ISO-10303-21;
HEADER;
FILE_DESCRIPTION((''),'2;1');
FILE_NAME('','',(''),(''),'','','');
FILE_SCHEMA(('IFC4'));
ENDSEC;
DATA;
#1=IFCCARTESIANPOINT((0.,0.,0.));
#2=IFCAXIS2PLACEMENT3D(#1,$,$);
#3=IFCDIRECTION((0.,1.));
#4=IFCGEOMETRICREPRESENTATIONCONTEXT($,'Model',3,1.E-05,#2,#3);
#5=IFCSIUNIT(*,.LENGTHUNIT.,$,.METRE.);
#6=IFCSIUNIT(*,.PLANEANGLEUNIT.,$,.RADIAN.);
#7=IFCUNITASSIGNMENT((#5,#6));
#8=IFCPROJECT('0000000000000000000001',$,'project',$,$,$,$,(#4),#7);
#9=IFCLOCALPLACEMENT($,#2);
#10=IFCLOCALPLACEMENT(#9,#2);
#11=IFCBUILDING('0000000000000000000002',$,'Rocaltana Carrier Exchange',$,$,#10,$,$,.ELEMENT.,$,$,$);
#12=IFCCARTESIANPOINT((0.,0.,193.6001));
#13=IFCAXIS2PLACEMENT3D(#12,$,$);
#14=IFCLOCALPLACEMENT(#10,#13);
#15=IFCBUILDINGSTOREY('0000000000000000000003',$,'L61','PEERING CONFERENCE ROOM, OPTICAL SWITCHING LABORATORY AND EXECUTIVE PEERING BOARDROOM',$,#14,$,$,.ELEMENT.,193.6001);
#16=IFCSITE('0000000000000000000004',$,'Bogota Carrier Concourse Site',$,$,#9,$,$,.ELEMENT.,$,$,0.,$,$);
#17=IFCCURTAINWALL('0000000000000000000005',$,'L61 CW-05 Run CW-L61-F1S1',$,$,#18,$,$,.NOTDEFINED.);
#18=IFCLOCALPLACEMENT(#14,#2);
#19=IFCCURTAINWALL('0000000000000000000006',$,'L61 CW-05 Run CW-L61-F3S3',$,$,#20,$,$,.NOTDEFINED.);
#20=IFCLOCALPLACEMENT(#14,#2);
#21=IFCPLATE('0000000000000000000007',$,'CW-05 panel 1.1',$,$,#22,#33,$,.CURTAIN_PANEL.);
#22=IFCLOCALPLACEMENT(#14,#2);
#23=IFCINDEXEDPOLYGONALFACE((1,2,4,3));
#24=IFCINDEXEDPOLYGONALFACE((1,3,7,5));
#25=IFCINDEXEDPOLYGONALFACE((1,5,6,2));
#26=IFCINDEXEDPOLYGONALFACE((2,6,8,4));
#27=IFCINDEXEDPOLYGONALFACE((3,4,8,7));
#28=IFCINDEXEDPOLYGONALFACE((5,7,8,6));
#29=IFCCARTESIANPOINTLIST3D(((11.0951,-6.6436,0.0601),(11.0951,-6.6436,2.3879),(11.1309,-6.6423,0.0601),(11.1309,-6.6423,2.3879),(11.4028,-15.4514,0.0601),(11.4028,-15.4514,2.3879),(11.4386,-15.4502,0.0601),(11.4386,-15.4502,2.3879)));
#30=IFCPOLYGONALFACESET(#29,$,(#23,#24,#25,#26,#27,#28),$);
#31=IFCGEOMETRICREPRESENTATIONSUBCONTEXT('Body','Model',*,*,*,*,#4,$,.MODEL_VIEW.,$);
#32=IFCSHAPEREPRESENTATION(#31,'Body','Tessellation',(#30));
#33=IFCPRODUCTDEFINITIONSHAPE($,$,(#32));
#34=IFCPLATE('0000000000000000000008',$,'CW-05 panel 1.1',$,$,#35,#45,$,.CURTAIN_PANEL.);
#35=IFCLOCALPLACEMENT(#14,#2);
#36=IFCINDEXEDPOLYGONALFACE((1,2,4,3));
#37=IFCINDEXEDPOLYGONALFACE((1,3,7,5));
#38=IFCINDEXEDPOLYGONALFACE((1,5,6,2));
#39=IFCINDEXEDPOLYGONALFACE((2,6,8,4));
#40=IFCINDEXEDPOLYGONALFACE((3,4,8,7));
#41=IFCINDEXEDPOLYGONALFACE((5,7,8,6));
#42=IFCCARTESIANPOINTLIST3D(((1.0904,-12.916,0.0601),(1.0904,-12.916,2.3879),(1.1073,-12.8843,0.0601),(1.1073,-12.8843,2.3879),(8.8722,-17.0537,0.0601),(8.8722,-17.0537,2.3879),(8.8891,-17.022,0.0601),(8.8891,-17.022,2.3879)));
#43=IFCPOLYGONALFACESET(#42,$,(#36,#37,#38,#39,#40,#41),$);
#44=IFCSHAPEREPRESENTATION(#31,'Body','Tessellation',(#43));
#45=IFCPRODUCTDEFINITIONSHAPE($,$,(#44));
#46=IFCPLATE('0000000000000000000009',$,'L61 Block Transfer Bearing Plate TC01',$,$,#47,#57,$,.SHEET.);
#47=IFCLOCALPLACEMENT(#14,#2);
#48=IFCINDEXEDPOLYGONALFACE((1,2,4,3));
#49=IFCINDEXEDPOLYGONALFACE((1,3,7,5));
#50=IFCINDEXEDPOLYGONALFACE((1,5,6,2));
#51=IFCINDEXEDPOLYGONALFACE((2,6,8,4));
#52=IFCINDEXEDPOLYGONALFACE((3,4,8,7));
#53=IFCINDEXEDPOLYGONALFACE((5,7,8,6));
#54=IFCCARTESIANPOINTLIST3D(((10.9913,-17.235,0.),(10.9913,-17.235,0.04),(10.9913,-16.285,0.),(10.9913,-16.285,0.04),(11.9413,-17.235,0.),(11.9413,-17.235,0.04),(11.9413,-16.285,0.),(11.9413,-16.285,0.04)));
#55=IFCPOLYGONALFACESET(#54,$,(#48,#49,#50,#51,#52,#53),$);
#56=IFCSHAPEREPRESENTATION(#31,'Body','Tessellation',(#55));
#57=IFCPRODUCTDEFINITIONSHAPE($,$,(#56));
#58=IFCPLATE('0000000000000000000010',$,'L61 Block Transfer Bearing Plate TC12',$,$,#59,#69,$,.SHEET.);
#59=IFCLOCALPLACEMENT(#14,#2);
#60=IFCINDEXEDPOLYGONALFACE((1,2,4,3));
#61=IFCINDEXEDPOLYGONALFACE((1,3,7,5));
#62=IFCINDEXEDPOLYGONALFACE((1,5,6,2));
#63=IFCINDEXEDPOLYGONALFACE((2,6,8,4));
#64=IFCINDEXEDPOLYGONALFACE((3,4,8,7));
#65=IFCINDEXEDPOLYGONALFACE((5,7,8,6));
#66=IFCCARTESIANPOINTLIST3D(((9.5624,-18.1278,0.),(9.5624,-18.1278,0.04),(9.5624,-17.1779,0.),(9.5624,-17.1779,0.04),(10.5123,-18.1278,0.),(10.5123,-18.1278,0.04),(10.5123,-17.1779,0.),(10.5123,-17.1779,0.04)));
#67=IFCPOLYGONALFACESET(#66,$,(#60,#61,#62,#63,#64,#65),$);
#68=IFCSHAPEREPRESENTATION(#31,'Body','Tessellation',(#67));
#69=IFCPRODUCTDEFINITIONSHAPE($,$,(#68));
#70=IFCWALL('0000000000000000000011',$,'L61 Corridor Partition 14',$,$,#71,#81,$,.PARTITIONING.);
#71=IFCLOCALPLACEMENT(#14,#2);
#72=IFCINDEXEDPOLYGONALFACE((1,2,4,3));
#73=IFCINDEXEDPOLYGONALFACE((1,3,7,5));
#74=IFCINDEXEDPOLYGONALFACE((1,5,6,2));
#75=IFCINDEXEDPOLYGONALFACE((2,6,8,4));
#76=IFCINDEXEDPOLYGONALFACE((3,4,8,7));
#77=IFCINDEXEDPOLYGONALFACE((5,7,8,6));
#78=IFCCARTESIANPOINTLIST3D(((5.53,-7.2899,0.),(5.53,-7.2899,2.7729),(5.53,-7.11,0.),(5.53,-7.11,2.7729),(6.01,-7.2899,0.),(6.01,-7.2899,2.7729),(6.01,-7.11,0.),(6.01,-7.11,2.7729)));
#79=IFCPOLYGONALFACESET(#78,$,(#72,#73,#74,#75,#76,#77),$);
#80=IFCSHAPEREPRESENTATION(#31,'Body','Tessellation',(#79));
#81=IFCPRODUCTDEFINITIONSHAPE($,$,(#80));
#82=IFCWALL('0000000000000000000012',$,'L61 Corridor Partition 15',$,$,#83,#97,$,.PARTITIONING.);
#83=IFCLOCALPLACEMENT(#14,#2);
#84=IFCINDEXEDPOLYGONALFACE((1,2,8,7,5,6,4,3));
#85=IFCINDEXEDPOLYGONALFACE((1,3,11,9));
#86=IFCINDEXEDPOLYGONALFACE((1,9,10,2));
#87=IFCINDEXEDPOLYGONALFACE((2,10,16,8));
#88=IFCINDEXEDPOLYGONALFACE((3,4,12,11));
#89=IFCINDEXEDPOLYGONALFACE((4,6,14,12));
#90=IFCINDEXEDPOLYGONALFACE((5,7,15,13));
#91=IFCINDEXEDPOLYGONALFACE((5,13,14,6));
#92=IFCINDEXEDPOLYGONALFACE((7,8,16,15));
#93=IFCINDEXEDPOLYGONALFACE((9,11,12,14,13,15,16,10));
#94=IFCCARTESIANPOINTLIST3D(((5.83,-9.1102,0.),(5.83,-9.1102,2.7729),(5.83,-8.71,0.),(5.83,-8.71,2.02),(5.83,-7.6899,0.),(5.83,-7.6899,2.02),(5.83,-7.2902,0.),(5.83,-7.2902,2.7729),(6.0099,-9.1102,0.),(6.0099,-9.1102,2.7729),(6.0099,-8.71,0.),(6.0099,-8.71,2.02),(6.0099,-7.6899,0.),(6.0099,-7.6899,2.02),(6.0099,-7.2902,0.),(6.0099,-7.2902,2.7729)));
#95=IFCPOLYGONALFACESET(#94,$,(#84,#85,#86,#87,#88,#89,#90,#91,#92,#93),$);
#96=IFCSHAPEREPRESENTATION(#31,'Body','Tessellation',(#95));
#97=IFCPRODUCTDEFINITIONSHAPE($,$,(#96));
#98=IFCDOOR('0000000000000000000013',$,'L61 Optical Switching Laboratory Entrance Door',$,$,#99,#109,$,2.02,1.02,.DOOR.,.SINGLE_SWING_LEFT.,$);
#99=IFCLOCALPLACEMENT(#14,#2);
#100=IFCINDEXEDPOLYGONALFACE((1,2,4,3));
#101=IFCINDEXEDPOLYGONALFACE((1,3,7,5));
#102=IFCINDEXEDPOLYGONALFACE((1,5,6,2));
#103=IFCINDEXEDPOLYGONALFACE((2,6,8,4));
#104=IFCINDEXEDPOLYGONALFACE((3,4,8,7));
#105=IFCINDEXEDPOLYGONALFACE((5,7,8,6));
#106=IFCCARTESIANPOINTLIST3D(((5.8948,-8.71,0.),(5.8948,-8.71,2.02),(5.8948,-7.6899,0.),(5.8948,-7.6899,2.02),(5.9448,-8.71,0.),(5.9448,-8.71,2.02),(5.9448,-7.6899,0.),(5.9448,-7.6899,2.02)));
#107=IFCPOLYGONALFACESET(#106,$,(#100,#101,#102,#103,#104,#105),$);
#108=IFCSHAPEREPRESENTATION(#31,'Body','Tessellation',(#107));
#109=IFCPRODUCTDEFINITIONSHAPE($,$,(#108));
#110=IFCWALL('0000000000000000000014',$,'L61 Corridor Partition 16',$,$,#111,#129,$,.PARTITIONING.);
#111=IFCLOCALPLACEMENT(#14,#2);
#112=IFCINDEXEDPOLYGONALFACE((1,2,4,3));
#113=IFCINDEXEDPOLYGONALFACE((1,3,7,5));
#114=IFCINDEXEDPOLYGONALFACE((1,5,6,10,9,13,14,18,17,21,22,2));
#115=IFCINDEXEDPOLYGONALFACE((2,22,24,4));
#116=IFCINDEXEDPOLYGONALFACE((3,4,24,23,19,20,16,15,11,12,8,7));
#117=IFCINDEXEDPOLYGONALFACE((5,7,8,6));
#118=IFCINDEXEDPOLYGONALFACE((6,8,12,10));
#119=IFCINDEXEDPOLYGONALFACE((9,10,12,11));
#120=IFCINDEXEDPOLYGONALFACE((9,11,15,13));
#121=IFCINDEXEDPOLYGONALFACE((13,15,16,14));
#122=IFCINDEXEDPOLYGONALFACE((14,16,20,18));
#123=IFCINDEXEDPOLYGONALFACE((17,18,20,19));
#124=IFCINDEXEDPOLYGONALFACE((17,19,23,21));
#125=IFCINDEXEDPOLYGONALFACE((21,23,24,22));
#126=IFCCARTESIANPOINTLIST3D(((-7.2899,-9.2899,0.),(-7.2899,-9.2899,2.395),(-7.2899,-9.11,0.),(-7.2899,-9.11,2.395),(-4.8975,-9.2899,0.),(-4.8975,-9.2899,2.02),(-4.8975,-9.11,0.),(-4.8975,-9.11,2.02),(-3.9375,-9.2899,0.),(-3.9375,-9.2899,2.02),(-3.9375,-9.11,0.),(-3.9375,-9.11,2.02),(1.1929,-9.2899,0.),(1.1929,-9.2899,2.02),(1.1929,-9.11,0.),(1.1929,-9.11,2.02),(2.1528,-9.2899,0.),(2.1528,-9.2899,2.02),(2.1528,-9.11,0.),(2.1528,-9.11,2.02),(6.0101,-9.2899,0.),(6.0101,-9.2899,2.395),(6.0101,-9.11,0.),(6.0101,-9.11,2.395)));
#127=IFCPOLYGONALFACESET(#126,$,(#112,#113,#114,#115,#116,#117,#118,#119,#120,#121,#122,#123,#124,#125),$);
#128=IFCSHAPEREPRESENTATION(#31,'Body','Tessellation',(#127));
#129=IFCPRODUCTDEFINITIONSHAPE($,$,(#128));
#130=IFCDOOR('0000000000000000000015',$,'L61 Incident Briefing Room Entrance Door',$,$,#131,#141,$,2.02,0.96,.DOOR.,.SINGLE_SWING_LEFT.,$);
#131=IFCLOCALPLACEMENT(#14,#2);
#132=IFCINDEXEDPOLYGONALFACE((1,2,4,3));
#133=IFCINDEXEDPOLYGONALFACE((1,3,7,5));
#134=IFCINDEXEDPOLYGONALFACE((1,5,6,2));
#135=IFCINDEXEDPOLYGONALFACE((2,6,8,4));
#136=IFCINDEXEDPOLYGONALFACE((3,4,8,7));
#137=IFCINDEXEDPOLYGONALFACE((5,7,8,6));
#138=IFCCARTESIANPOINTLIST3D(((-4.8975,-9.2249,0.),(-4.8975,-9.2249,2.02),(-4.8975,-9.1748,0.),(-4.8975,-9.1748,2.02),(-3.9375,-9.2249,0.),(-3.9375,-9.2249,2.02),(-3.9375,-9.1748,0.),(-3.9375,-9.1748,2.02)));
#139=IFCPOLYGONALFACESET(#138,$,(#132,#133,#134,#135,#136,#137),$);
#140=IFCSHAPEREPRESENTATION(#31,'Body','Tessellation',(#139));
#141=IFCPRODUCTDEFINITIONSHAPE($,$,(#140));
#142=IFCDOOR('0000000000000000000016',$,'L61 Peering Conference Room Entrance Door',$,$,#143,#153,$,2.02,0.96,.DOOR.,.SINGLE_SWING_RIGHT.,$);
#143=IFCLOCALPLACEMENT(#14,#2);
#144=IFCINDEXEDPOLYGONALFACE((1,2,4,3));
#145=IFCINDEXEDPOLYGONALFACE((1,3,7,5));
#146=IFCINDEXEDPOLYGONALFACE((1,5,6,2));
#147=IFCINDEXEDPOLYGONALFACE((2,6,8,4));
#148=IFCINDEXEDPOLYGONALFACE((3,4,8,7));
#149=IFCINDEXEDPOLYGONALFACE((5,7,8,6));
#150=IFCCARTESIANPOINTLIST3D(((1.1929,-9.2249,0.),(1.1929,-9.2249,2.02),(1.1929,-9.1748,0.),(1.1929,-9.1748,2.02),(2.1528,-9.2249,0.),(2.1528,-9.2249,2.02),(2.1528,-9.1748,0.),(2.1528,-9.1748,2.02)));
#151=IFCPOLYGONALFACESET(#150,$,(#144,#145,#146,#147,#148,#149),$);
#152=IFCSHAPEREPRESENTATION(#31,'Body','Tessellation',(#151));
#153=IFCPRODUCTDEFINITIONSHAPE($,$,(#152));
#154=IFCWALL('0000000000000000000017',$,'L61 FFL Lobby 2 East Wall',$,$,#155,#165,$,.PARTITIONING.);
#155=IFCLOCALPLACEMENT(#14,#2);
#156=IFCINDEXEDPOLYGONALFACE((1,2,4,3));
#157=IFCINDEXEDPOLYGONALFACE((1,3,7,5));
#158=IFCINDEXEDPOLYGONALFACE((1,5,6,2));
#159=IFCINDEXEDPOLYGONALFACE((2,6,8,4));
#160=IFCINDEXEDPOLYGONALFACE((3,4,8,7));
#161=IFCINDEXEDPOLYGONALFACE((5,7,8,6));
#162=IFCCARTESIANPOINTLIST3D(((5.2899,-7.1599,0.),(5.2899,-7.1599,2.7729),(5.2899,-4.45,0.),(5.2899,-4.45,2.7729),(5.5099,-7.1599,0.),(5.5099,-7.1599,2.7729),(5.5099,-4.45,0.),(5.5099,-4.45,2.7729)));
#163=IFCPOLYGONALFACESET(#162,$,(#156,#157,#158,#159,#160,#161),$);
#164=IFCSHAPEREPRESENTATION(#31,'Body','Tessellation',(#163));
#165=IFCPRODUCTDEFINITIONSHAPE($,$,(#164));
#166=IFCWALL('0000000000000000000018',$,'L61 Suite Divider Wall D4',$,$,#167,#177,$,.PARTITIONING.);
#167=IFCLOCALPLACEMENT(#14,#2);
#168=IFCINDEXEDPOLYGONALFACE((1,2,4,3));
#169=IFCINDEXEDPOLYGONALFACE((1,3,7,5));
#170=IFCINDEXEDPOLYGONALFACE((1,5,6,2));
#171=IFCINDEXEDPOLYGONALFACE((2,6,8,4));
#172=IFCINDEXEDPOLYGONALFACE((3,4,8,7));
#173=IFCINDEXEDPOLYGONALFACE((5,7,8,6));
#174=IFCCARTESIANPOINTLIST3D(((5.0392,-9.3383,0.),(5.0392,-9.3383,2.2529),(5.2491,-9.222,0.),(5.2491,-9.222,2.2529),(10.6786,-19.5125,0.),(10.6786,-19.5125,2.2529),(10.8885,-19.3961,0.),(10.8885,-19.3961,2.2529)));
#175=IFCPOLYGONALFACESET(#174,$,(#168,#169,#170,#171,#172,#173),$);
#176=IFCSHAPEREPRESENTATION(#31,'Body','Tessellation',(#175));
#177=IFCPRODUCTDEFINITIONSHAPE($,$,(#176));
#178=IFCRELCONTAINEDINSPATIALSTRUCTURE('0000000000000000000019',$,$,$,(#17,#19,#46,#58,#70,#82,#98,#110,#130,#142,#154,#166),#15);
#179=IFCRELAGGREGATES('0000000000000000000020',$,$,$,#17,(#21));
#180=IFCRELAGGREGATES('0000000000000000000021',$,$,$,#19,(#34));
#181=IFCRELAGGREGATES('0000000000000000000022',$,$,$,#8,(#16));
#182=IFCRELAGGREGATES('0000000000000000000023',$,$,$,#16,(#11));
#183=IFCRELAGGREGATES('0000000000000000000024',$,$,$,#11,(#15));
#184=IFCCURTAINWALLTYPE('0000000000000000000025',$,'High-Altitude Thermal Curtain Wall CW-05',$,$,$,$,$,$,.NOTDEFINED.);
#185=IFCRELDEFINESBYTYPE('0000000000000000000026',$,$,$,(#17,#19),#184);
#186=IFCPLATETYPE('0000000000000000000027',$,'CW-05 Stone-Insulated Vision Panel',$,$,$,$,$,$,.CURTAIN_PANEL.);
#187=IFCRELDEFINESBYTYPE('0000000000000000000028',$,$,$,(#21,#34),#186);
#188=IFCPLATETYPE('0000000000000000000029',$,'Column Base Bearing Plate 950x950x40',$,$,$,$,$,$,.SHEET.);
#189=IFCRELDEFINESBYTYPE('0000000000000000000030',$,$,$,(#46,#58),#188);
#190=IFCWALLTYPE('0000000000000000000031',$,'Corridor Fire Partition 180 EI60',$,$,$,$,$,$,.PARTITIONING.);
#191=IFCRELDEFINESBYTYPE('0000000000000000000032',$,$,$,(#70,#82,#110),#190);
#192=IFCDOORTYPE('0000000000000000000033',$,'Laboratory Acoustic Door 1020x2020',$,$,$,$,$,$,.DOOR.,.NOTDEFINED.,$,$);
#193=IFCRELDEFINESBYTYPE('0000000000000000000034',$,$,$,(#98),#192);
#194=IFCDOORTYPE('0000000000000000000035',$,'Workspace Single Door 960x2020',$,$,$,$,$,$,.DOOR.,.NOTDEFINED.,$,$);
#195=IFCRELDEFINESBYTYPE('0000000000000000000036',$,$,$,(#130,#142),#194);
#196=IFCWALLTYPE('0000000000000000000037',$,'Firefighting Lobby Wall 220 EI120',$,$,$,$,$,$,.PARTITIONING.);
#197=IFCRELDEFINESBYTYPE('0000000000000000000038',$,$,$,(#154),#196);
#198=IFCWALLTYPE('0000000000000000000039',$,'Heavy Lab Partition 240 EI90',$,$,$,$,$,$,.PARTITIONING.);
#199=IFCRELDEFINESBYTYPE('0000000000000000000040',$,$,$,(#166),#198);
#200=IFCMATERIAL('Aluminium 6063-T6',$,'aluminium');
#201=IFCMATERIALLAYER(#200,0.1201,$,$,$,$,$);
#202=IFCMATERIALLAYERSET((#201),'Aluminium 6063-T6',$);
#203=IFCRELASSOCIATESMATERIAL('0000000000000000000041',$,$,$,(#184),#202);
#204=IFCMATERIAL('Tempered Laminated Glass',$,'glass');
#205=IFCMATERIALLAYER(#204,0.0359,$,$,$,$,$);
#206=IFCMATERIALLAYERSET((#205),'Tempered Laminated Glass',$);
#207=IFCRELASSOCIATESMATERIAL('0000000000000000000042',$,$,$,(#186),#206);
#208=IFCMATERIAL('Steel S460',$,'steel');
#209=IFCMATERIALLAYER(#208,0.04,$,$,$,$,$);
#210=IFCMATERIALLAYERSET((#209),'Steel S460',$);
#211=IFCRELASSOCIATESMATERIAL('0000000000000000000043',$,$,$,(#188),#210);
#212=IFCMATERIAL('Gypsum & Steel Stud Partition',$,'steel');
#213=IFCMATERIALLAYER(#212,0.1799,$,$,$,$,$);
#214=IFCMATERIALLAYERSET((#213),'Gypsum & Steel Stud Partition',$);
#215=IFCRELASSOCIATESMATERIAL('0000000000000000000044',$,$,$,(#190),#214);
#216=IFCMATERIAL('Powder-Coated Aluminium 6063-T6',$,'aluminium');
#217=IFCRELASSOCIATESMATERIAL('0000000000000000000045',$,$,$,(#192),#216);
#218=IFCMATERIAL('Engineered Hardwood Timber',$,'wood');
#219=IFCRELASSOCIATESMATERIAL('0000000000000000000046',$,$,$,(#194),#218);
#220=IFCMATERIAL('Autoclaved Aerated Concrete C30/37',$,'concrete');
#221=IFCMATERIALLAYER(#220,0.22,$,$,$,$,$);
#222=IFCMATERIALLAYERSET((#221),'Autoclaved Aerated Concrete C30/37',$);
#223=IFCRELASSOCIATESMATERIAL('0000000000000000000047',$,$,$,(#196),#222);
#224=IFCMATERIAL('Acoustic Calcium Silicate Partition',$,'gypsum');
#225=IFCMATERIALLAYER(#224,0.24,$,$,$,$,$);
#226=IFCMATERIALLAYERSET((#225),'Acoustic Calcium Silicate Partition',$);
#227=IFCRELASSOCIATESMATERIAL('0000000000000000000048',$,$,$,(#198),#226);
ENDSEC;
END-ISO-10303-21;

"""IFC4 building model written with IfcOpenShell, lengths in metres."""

from ifc_helpers import new_model, si_unit, direction, frame, frame_2d, origin, origin_2d, place, context, subcontext, project, spatial, rectangle, extrude, material, layer, layer_set, type_object, element, fill, aggregate, save


model = new_model("IFC4")

# Units and contexts
model_context = context("Model", 3, precision=1e-05, world=origin(), true_north=direction((0.0, 1.0)))
body_context = subcontext(model_context, "Body", "Model", "MODEL_VIEW")
ifc_project = project(units=[si_unit("LENGTHUNIT", "METRE"), si_unit("PLANEANGLEUNIT", "RADIAN")], contexts=[model_context])

# Site, building, storey
site_placement = place(None, origin())
site = spatial("IfcSite", under=ifc_project, at=site_placement, Name="Bogota Carrier Concourse Site", CompositionType="ELEMENT", RefElevation=0.0)
building_placement = place(site_placement, origin())
building = spatial("IfcBuilding", under=site, at=building_placement, Name="Rocaltana Carrier Exchange", CompositionType="ELEMENT")
storey_placement = place(building_placement, frame((0.0, 0.0, 193.6001)))
storey = spatial("IfcBuildingStorey", under=building, at=storey_placement, Name="L61", Description="PEERING CONFERENCE ROOM, OPTICAL SWITCHING LABORATORY AND EXECUTIVE PEERING BOARDROOM", CompositionType="ELEMENT", Elevation=193.6001)

# Curtain walls
ifc_material_1 = material(Name="Aluminium 6063-T6", Category="aluminium")
ifc_layer_1 = layer(ifc_material_1, 0.1201)
ifc_layer_set_1 = layer_set([ifc_layer_1], Name="Aluminium 6063-T6")
curtain_wall_type = type_object("IfcCurtainWallType", Name="High-Altitude Thermal Curtain Wall CW-05", PredefinedType="NOTDEFINED", material=ifc_layer_set_1)
curtain_wall_1_placement = place(storey_placement, origin())
curtain_wall_1 = element("IfcCurtainWall", 1, at=curtain_wall_1_placement, inside=storey, type_object=curtain_wall_type, Name="L61 CW-05 Run CW-L61-F1S1", PredefinedType="NOTDEFINED")
curtain_wall_2_placement = place(storey_placement, origin())
curtain_wall_2 = element("IfcCurtainWall", 2, at=curtain_wall_2_placement, inside=storey, type_object=curtain_wall_type, Name="L61 CW-05 Run CW-L61-F3S3", PredefinedType="NOTDEFINED")

# Plates
ifc_material_2 = material(Name="Tempered Laminated Glass", Category="glass")
ifc_layer_2 = layer(ifc_material_2, 0.0359)
ifc_layer_set_2 = layer_set([ifc_layer_2], Name="Tempered Laminated Glass")
plate_type_1 = type_object("IfcPlateType", Name="CW-05 Stone-Insulated Vision Panel", PredefinedType="CURTAIN_PANEL", material=ifc_layer_set_2)
plate_1_placement = place(storey_placement, frame((11.2668, -11.0469, 0.0601), z_axis=(0.0, 0.0, 1.0), x_axis=(-0.034914, 0.99939, 0.0)))
plate_1 = element("IfcPlate", 3, at=plate_1_placement, type_object=plate_type_1, Name="CW-05 panel 1.1", PredefinedType="CURTAIN_PANEL", context=body_context, shape_type="SweptSolid", body=[
    extrude(rectangle(XDim=8.8132, YDim=0.0359, at=origin_2d()), origin(), (0.0, 0.0, 1.0), 2.3279),
])
aggregate(curtain_wall_1, [plate_1])
plate_2_placement = place(storey_placement, frame((4.9897, -14.969, 0.0601), z_axis=(0.0, 0.0, 1.0), x_axis=(0.882946, -0.469475, 0.0)))
plate_2 = element("IfcPlate", 4, at=plate_2_placement, type_object=plate_type_1, Name="CW-05 panel 1.1", PredefinedType="CURTAIN_PANEL", context=body_context, shape_type="SweptSolid", body=[
    extrude(rectangle(XDim=8.8135, YDim=0.0359, at=origin_2d()), origin(), (0.0, 0.0, 1.0), 2.3279),
])
aggregate(curtain_wall_2, [plate_2])

# Plates
ifc_material_3 = material(Name="Steel S460", Category="steel")
ifc_layer_3 = layer(ifc_material_3, 0.04)
ifc_layer_set_3 = layer_set([ifc_layer_3], Name="Steel S460")
plate_type_2 = type_object("IfcPlateType", Name="Column Base Bearing Plate 950x950x40", PredefinedType="SHEET", material=ifc_layer_set_3)
for number, where, z_axis, x_axis, name in (
    (5, (11.4663, -16.76, 0.0), (0.0, 0.0, 1.0), (1.0, 0.0, 0.0), "L61 Block Transfer Bearing Plate TC01"),
    (6, (10.0374, -17.6528, 0.0), (0.0, 0.0, 1.0), (1.0, 0.0, 0.0), "L61 Block Transfer Bearing Plate TC12"),
):
    element("IfcPlate", number, at=place(storey_placement, frame(where, z_axis=z_axis, x_axis=x_axis)), inside=storey, type_object=plate_type_2, Name=name, PredefinedType="SHEET", context=body_context, shape_type="SweptSolid", body=[
        extrude(rectangle(XDim=0.95, YDim=0.95, at=origin_2d()), origin(), (0.0, 0.0, 1.0), 0.04),
    ])

# Wall
ifc_material_4 = material(Name="Gypsum & Steel Stud Partition", Category="steel")
ifc_layer_4 = layer(ifc_material_4, 0.1799)
ifc_layer_set_4 = layer_set([ifc_layer_4], Name="Gypsum & Steel Stud Partition")
wall_type_1 = type_object("IfcWallType", Name="Corridor Fire Partition 180 EI60", PredefinedType="PARTITIONING", material=ifc_layer_set_4)
wall_1_placement = place(storey_placement, frame((5.53, -7.2, 0.0), z_axis=(0.0, 0.0, 1.0), x_axis=(1.0, 0.0, 0.0)))
element("IfcWall", 7, at=wall_1_placement, inside=storey, type_object=wall_type_1, Name="L61 Corridor Partition 14", PredefinedType="PARTITIONING", context=body_context, shape_type="SweptSolid", body=[
    extrude(rectangle(XDim=0.48, YDim=0.1799, at=frame_2d((0.24, 0.0))), origin(), (0.0, 0.0, 1.0), 2.7729),
])

# Wall, opening, door
wall_2_placement = place(storey_placement, frame((5.9199, -7.29, 0.0), z_axis=(0.0, 0.0, 1.0), x_axis=(0.0, -1.0, 0.0)))
wall_2 = element("IfcWall", 8, at=wall_2_placement, inside=storey, type_object=wall_type_1, Name="L61 Corridor Partition 15", PredefinedType="PARTITIONING", context=body_context, shape_type="SweptSolid", body=[
    extrude(rectangle(XDim=1.8201, YDim=0.1799, at=frame_2d((0.9102, 0.0))), origin(), (0.0, 0.0, 1.0), 2.7729),
])
opening_1_placement = place(wall_2_placement, frame((0.3999, 0.0, 0.0)))
opening_1 = element("IfcOpeningElement", 9, at=opening_1_placement, cuts=wall_2, PredefinedType="OPENING", context=body_context, shape_type="SweptSolid", body=[
    extrude(rectangle(XDim=1.02, YDim=2.02, at=frame_2d((0.51, 1.01))), frame((0.0, 0.0999, 0.0), z_axis=(0.0, -1.0, 0.0), x_axis=(1.0, 0.0, 0.0)), (0.0, 0.0, 1.0), 0.2),
])
ifc_material_5 = material(Name="Powder-Coated Aluminium 6063-T6", Category="aluminium")
door_type_1 = type_object("IfcDoorType", Name="Laboratory Acoustic Door 1020x2020", OperationType="NOTDEFINED", PredefinedType="DOOR", material=ifc_material_5)
door_1_placement = place(opening_1_placement, origin())
door_1 = element("IfcDoor", 10, at=door_1_placement, inside=storey, type_object=door_type_1, Name="L61 Optical Switching Laboratory Entrance Door", OperationType="SINGLE_SWING_LEFT", OverallHeight=2.02, OverallWidth=1.02, PredefinedType="DOOR", context=body_context, shape_type="SweptSolid", body=[
    extrude(rectangle(XDim=1.02, YDim=2.02, at=frame_2d((0.51, 1.01))), frame((0.0, 0.0249, 0.0), z_axis=(0.0, -1.0, 0.0), x_axis=(1.0, 0.0, 0.0)), (0.0, 0.0, 1.0), 0.05),
])
fill(opening_1, door_1)

# Wall, openings, doors
wall_3_placement = place(storey_placement, frame((6.01, -9.2, 0.0), z_axis=(0.0, 0.0, 1.0), x_axis=(-1.0, 0.0, 0.0)))
wall_3 = element("IfcWall", 11, at=wall_3_placement, inside=storey, type_object=wall_type_1, Name="L61 Corridor Partition 16", PredefinedType="PARTITIONING", context=body_context, shape_type="SweptSolid", body=[
    extrude(rectangle(XDim=13.3, YDim=0.1799, at=frame_2d((6.6499, 0.0))), origin(), (0.0, 0.0, 1.0), 2.395),
])
opening_2_placement = place(wall_3_placement, frame((9.9475, 0.0, 0.0)))
opening_2 = element("IfcOpeningElement", 12, at=opening_2_placement, cuts=wall_3, PredefinedType="OPENING", context=body_context, shape_type="SweptSolid", body=[
    extrude(rectangle(XDim=0.96, YDim=2.02, at=frame_2d((0.48, 1.01))), frame((0.0, 0.0999, 0.0), z_axis=(0.0, -1.0, 0.0), x_axis=(1.0, 0.0, 0.0)), (0.0, 0.0, 1.0), 0.2),
])
opening_3_placement = place(wall_3_placement, frame((3.8572, 0.0, 0.0)))
opening_3 = element("IfcOpeningElement", 13, at=opening_3_placement, cuts=wall_3, PredefinedType="OPENING", context=body_context, shape_type="SweptSolid", body=[
    extrude(rectangle(XDim=0.96, YDim=2.02, at=frame_2d((0.48, 1.01))), frame((0.0, 0.0999, 0.0), z_axis=(0.0, -1.0, 0.0), x_axis=(1.0, 0.0, 0.0)), (0.0, 0.0, 1.0), 0.2),
])
ifc_material_6 = material(Name="Engineered Hardwood Timber", Category="wood")
door_type_2 = type_object("IfcDoorType", Name="Workspace Single Door 960x2020", OperationType="NOTDEFINED", PredefinedType="DOOR", material=ifc_material_6)
door_2_placement = place(opening_2_placement, origin())
door_2 = element("IfcDoor", 14, at=door_2_placement, inside=storey, type_object=door_type_2, Name="L61 Incident Briefing Room Entrance Door", OperationType="SINGLE_SWING_LEFT", OverallHeight=2.02, OverallWidth=0.96, PredefinedType="DOOR", context=body_context, shape_type="SweptSolid", body=[
    extrude(rectangle(XDim=0.96, YDim=2.02, at=frame_2d((0.48, 1.01))), frame((0.0, 0.0249, 0.0), z_axis=(0.0, -1.0, 0.0), x_axis=(1.0, 0.0, 0.0)), (0.0, 0.0, 1.0), 0.05),
])
fill(opening_2, door_2)
door_3_placement = place(opening_3_placement, origin())
door_3 = element("IfcDoor", 15, at=door_3_placement, inside=storey, type_object=door_type_2, Name="L61 Peering Conference Room Entrance Door", OperationType="SINGLE_SWING_RIGHT", OverallHeight=2.02, OverallWidth=0.96, PredefinedType="DOOR", context=body_context, shape_type="SweptSolid", body=[
    extrude(rectangle(XDim=0.96, YDim=2.02, at=frame_2d((0.48, 1.01))), frame((0.0, 0.0249, 0.0), z_axis=(0.0, -1.0, 0.0), x_axis=(1.0, 0.0, 0.0)), (0.0, 0.0, 1.0), 0.05),
])
fill(opening_3, door_3)

# Walls
ifc_material_7 = material(Name="Autoclaved Aerated Concrete C30/37", Category="concrete")
ifc_layer_5 = layer(ifc_material_7, 0.22)
ifc_layer_set_5 = layer_set([ifc_layer_5], Name="Autoclaved Aerated Concrete C30/37")
wall_type_2 = type_object("IfcWallType", Name="Firefighting Lobby Wall 220 EI120", PredefinedType="PARTITIONING", material=ifc_layer_set_5)
wall_4_placement = place(storey_placement, frame((5.3999, -7.1599, 0.0), z_axis=(0.0, 0.0, 1.0), x_axis=(0.0, 1.0, 0.0)))
element("IfcWall", 16, at=wall_4_placement, inside=storey, type_object=wall_type_2, Name="L61 FFL Lobby 2 East Wall", PredefinedType="PARTITIONING", context=body_context, shape_type="SweptSolid", body=[
    extrude(rectangle(XDim=2.71, YDim=0.22, at=frame_2d((1.355, 0.0))), origin(), (0.0, 0.0, 1.0), 2.7729),
])
ifc_material_8 = material(Name="Acoustic Calcium Silicate Partition", Category="gypsum")
ifc_layer_6 = layer(ifc_material_8, 0.24)
ifc_layer_set_6 = layer_set([ifc_layer_6], Name="Acoustic Calcium Silicate Partition")
wall_type_3 = type_object("IfcWallType", Name="Heavy Lab Partition 240 EI90", PredefinedType="PARTITIONING", material=ifc_layer_set_6)
wall_5_placement = place(storey_placement, frame((5.144, -9.28, 0.0), z_axis=(0.0, 0.0, 1.0), x_axis=(0.484798, -0.874626, 0.0)))
element("IfcWall", 17, at=wall_5_placement, inside=storey, type_object=wall_type_3, Name="L61 Suite Divider Wall D4", PredefinedType="PARTITIONING", context=body_context, shape_type="SweptSolid", body=[
    extrude(rectangle(XDim=11.6326, YDim=0.24, at=frame_2d((5.8164, 0.0))), origin(), (0.0, 0.0, 1.0), 2.2529),
])

save(model, "model.ifc")
